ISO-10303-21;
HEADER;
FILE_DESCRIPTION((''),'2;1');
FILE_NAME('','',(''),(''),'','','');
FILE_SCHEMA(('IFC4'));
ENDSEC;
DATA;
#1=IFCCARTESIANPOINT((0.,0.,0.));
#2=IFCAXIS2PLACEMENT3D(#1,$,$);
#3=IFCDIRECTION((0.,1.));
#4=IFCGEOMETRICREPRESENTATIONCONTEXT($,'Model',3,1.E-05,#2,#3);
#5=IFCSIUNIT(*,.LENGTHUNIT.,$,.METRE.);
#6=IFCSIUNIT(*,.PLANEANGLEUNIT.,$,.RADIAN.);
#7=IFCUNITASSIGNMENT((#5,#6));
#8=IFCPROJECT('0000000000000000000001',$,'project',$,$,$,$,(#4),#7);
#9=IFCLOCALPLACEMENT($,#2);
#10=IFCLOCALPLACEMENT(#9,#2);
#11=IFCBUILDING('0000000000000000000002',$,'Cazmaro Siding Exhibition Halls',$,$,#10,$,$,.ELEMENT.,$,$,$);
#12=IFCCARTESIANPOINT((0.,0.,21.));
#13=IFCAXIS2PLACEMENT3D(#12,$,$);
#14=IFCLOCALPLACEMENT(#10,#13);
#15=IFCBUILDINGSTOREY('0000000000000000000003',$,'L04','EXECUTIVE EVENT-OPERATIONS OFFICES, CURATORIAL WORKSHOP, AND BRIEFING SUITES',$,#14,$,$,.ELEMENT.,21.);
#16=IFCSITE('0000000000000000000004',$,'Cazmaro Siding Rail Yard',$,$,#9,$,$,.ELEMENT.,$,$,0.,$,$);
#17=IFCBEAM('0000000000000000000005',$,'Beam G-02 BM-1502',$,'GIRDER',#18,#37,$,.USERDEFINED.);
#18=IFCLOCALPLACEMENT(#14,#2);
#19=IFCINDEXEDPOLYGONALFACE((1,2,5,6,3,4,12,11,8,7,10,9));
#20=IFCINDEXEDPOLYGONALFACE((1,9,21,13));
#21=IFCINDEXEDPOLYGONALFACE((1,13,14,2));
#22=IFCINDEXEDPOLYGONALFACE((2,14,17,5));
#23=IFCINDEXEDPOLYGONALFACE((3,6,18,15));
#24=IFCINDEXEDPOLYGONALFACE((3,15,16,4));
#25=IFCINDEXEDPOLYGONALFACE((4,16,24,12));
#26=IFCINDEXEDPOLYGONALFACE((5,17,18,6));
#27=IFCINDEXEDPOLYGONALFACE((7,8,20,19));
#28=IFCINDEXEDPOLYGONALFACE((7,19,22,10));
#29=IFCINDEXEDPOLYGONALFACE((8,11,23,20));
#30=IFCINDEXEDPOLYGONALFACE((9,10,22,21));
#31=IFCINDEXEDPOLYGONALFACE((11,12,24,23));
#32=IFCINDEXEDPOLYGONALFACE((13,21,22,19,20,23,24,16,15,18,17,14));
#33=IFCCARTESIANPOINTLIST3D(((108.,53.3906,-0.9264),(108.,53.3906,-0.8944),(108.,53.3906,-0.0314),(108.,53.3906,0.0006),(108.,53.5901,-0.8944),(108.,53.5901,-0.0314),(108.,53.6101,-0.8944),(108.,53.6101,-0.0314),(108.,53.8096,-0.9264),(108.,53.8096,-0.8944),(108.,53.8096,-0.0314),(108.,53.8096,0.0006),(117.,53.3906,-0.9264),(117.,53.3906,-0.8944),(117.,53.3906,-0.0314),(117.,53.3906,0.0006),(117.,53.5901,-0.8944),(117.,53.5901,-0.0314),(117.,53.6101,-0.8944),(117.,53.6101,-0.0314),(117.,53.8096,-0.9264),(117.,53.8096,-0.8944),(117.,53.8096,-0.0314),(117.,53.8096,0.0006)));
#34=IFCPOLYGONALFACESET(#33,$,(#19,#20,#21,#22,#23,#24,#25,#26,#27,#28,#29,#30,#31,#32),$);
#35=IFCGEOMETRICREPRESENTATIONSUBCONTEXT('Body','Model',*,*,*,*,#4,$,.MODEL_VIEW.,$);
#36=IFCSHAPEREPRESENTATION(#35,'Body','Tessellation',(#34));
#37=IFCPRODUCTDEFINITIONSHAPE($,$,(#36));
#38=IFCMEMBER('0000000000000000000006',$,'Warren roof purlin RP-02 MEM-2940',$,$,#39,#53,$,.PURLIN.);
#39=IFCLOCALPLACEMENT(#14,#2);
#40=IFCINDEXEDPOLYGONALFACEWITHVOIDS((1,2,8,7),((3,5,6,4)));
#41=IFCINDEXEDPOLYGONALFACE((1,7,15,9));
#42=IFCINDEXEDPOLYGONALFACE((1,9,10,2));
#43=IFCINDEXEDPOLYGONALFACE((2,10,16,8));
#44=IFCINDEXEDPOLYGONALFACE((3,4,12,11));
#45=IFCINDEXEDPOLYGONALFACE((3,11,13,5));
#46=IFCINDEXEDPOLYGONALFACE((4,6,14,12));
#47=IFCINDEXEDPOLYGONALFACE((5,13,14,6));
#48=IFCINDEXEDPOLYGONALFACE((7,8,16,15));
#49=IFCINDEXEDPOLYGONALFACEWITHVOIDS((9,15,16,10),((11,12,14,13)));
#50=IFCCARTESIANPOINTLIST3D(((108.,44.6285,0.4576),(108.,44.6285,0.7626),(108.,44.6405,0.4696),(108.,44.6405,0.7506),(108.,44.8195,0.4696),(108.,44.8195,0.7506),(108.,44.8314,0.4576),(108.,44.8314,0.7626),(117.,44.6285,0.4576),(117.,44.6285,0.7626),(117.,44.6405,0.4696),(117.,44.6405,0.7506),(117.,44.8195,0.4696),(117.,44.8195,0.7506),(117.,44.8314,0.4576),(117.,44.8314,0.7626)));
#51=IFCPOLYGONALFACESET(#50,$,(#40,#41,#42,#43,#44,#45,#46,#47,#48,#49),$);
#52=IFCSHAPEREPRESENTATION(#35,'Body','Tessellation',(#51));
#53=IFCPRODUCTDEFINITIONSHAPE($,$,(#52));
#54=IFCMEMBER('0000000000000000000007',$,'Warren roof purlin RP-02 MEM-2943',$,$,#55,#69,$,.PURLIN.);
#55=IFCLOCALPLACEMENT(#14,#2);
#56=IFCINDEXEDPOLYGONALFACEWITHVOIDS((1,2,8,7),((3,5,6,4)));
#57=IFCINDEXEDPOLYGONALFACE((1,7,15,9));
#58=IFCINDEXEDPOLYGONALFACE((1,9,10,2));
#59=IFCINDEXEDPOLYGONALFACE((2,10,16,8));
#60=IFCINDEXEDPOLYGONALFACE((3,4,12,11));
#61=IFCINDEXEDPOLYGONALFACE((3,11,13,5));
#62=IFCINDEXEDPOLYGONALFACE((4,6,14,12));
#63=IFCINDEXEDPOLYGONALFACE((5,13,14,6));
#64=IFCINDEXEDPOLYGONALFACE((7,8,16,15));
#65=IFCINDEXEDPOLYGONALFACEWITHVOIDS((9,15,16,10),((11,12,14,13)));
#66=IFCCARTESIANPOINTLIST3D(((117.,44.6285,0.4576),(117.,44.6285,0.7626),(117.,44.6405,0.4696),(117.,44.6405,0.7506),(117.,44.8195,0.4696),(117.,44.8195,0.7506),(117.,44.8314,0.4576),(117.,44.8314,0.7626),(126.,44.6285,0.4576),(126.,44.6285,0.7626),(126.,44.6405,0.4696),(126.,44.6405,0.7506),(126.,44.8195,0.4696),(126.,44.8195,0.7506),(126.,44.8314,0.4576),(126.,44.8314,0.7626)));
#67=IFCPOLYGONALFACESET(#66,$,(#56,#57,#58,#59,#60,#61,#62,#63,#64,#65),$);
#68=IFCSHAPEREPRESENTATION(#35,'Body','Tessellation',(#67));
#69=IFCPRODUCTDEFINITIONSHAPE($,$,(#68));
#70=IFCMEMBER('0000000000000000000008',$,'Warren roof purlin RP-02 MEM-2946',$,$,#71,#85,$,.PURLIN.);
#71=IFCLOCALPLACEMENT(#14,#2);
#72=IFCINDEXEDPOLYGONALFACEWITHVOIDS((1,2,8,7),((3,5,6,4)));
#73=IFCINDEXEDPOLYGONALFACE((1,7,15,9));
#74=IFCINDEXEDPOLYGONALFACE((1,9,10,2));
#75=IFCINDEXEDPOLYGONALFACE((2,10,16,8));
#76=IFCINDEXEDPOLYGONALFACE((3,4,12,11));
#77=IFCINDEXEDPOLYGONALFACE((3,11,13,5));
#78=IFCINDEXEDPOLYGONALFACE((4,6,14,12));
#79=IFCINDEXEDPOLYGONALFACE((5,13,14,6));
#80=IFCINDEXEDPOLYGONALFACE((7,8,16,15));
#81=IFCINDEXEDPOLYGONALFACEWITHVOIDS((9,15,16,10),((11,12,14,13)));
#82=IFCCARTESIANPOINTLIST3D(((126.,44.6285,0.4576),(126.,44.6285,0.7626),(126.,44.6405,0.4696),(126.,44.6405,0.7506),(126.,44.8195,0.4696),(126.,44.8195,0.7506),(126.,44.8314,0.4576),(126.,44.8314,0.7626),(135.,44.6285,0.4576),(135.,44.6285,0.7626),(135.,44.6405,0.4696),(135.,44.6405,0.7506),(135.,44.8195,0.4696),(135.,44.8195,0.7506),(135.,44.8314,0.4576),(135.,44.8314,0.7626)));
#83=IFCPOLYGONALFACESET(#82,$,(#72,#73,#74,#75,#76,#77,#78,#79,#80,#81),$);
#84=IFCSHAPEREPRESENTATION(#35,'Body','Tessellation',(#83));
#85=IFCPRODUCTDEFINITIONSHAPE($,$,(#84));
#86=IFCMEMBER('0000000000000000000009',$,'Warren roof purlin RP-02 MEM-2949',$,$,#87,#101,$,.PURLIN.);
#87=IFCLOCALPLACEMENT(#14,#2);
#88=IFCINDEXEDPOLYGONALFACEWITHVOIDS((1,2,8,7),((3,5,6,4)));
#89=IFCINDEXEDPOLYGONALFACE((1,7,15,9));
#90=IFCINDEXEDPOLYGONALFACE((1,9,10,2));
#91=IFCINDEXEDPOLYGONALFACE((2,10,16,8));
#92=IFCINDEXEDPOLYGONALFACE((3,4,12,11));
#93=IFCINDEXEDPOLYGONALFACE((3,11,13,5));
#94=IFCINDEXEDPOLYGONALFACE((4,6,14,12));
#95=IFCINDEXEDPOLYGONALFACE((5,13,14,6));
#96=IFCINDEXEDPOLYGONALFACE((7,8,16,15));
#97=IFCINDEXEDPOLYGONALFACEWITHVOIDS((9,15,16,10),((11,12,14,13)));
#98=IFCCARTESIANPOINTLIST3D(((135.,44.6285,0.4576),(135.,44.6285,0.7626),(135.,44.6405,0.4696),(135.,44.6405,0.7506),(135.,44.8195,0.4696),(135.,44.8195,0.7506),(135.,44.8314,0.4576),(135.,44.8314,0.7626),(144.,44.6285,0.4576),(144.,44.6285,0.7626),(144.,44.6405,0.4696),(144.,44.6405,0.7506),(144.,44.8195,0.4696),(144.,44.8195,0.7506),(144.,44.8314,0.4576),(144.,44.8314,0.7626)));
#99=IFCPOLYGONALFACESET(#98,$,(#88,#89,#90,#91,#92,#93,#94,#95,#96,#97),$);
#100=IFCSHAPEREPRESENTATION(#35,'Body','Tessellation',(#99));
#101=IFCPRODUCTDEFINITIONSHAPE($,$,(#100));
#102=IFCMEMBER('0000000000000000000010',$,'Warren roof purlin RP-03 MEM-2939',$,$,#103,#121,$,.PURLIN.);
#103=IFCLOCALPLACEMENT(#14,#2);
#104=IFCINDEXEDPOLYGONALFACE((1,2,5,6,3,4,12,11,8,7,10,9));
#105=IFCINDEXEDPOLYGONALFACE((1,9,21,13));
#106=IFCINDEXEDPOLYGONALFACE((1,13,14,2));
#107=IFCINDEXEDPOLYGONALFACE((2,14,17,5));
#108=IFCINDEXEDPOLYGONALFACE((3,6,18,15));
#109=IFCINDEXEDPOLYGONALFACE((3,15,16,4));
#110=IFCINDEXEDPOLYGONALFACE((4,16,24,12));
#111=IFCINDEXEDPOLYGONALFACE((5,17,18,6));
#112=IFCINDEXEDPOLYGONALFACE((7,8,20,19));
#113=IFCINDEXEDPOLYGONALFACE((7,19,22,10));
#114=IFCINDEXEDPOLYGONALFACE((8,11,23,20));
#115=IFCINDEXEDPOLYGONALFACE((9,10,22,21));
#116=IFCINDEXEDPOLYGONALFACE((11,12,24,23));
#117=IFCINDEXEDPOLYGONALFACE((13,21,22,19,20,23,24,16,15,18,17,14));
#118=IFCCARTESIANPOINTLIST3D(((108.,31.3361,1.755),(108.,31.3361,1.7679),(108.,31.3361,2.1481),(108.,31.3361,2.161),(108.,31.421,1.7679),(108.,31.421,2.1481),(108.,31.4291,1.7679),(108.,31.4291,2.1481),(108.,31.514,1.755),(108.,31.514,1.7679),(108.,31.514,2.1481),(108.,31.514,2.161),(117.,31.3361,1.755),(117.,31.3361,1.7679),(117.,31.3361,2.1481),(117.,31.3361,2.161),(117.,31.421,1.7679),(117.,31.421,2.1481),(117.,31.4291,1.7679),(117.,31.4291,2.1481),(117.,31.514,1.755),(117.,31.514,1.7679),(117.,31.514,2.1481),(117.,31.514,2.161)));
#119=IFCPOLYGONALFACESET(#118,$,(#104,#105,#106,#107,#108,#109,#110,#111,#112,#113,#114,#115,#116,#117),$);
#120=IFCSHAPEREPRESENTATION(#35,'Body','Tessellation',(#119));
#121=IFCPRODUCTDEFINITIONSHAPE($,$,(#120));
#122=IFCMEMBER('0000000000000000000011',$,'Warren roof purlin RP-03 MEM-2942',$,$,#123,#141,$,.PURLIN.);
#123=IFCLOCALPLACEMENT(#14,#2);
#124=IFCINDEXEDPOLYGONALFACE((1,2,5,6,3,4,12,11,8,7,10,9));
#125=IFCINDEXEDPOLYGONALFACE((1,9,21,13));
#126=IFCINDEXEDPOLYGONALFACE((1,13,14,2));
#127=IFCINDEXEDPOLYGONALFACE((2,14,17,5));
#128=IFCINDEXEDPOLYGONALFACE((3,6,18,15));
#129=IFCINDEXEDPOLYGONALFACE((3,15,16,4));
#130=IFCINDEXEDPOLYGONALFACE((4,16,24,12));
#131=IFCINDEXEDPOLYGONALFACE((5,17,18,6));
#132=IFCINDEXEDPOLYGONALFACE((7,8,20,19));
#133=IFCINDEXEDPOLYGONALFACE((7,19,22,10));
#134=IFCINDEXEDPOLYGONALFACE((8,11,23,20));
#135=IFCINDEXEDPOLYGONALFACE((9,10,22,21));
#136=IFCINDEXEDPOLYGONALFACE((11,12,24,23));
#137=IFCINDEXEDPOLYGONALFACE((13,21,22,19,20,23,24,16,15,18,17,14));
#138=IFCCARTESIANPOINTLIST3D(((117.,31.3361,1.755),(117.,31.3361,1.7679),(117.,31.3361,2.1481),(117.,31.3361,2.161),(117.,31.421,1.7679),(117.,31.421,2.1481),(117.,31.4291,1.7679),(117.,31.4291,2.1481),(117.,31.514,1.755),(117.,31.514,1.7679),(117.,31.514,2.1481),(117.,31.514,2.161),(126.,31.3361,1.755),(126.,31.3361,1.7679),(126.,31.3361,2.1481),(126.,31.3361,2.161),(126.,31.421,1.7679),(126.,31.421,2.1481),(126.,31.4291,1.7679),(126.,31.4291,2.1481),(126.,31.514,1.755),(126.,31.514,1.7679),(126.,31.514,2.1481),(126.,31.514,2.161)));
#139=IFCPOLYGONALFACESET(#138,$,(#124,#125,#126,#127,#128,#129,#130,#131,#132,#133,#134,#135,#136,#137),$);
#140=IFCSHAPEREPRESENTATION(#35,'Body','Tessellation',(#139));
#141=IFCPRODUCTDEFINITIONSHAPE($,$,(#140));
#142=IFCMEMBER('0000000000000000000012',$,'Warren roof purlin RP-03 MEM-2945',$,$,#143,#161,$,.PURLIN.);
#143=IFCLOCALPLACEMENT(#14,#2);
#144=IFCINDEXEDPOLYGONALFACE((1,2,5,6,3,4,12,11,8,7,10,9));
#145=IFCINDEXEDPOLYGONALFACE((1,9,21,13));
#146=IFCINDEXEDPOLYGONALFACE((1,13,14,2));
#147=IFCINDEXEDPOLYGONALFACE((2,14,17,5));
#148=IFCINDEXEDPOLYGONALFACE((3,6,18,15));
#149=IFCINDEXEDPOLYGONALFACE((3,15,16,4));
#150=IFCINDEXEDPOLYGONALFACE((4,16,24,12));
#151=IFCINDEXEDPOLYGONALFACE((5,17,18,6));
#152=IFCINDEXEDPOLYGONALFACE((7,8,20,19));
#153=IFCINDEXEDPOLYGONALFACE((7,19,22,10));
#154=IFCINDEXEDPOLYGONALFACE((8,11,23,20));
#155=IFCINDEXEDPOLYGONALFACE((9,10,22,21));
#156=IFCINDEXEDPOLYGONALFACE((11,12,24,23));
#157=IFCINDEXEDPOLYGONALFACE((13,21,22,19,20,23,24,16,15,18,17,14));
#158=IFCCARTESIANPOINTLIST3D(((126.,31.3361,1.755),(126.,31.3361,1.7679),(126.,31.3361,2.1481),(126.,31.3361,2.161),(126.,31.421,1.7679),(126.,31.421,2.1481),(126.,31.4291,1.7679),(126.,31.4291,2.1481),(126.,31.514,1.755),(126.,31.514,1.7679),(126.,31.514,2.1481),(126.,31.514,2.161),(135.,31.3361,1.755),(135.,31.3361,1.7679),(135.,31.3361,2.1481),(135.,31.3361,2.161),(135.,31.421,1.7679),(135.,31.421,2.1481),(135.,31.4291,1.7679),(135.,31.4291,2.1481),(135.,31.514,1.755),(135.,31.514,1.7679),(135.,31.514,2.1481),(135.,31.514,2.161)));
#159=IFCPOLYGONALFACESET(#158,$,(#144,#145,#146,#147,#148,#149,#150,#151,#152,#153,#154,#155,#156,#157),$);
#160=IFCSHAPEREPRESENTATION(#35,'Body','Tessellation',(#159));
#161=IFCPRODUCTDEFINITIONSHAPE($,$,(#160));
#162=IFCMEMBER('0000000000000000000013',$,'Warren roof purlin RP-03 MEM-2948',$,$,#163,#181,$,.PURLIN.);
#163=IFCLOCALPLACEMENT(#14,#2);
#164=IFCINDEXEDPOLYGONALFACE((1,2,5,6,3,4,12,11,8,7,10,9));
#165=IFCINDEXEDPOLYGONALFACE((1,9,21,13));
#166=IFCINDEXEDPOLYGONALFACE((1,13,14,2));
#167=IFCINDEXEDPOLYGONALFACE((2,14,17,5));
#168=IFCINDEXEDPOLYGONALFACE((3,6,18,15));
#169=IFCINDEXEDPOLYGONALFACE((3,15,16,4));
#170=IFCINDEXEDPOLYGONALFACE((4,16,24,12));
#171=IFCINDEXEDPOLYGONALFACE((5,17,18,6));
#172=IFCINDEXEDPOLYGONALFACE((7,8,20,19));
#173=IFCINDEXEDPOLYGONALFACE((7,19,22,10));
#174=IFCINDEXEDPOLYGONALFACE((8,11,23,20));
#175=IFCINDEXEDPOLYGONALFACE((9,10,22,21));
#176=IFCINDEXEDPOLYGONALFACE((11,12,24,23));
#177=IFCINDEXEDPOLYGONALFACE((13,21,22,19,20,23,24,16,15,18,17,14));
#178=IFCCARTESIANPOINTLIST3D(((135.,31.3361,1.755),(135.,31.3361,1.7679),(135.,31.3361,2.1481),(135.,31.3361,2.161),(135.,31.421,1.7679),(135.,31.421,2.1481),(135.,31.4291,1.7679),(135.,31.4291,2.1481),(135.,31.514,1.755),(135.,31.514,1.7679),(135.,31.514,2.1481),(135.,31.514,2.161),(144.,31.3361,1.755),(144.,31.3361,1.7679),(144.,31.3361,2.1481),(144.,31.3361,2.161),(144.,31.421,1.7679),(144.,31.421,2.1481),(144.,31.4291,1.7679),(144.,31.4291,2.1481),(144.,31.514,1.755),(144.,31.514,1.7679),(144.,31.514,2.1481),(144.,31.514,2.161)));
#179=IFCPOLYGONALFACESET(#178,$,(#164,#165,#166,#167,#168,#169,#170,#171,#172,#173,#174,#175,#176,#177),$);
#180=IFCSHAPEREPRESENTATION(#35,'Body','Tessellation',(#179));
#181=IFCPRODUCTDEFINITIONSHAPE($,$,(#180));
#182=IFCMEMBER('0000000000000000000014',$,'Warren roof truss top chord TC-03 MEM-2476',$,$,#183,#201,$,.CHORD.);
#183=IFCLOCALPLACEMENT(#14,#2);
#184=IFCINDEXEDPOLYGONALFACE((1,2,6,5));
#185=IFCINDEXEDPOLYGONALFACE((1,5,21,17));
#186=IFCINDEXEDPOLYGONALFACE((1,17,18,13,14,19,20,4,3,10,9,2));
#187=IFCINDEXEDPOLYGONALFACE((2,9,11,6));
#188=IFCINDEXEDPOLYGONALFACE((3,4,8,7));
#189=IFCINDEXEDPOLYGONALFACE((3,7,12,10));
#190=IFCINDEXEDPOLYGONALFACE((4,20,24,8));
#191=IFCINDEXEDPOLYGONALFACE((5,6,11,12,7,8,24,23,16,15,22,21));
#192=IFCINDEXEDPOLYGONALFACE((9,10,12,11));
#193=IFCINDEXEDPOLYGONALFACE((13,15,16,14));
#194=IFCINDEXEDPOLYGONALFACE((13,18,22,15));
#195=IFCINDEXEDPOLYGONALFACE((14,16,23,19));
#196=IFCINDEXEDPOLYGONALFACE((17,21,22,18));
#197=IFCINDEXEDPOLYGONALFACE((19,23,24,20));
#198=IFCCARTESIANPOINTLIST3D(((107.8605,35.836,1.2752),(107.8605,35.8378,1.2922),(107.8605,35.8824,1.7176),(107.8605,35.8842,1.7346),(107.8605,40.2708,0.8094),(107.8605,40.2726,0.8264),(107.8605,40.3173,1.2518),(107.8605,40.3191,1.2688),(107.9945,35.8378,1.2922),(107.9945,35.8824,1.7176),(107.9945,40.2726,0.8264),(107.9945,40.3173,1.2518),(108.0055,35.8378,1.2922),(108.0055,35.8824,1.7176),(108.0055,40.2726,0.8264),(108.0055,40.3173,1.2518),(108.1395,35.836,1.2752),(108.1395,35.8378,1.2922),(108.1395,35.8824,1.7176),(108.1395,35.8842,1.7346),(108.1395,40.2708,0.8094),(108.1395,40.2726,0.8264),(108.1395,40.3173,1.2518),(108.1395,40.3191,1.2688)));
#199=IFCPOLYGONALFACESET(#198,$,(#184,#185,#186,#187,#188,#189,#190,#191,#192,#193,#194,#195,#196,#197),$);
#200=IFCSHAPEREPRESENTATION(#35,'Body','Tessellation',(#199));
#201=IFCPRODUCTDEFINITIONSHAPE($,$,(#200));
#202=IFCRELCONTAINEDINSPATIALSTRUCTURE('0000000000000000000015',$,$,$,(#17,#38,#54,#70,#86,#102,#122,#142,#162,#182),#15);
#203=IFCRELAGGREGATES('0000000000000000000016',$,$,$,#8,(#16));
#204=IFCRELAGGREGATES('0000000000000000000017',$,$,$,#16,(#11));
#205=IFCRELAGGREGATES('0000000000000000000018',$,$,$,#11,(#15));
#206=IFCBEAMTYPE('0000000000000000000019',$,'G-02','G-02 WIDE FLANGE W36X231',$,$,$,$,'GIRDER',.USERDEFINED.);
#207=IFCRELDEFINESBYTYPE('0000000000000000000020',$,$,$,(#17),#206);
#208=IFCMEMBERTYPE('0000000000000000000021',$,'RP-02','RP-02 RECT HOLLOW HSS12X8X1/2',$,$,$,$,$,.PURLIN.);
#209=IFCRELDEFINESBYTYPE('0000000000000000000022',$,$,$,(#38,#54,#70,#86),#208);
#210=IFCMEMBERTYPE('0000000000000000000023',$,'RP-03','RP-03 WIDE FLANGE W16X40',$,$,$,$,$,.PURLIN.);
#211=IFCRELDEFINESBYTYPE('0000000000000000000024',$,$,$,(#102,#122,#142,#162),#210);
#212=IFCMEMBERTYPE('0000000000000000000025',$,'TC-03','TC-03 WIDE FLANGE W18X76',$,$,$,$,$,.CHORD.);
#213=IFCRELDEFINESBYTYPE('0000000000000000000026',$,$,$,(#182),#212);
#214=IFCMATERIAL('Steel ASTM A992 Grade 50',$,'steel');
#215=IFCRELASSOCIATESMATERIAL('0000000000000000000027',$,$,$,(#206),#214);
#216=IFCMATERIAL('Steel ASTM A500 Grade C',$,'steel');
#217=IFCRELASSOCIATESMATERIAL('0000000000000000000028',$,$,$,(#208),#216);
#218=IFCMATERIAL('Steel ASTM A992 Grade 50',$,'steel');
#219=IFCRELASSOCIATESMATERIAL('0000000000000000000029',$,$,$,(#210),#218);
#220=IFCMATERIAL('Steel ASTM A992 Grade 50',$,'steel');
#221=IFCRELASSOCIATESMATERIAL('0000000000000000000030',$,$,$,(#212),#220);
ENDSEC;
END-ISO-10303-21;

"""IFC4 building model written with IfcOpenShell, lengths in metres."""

from ifc_helpers import new_model, si_unit, direction, frame, origin, origin_2d, place, context, subcontext, project, spatial, hollow_rectangle, i_section, extrude, material, material_profile, profile_set, type_object, element, save


model = new_model("IFC4")

# Units and contexts
model_context = context("Model", 3, precision=1e-05, world=origin(), true_north=direction((0.0, 1.0)))
body_context = subcontext(model_context, "Body", "Model", "MODEL_VIEW")
ifc_project = project(units=[si_unit("LENGTHUNIT", "METRE"), si_unit("PLANEANGLEUNIT", "RADIAN")], contexts=[model_context])

# Site, building, storey
site_placement = place(None, origin())
site = spatial("IfcSite", under=ifc_project, at=site_placement, Name="Cazmaro Siding Rail Yard", CompositionType="ELEMENT", RefElevation=0.0)
building_placement = place(site_placement, origin())
building = spatial("IfcBuilding", under=site, at=building_placement, Name="Cazmaro Siding Exhibition Halls", CompositionType="ELEMENT")
storey_placement = place(building_placement, frame((0.0, 0.0, 21.0)))
storey = spatial("IfcBuildingStorey", under=building, at=storey_placement, Name="L04", Description="EXECUTIVE EVENT-OPERATIONS OFFICES, CURATORIAL WORKSHOP, AND BRIEFING SUITES", CompositionType="ELEMENT", Elevation=21.0)

# Beam
ifc_material_1 = material(Name="Steel ASTM A992 Grade 50", Category="steel")
ifc_material_profile_1 = material_profile(ifc_material_1, i_section(OverallWidth=0.4189, OverallDepth=0.927, WebThickness=0.02, FlangeThickness=0.032, at=origin_2d()), Name="W36X231")
ifc_profile_set_1 = profile_set([ifc_material_profile_1], Name="Steel ASTM A992 Grade 50")
beam_type = type_object("IfcBeamType", Name="G-02", Description="G-02 WIDE FLANGE W36X231", ElementType="GIRDER", PredefinedType="USERDEFINED", material=ifc_profile_set_1)
beam_placement = place(storey_placement, frame((108.0, 53.6001, -0.4629), z_axis=(1.0, 0.0, 0.0), x_axis=(0.0, 1.0, 0.0)))
element("IfcBeam", 1, at=beam_placement, inside=storey, type_object=beam_type, Name="Beam G-02 BM-1502", ObjectType="GIRDER", PredefinedType="USERDEFINED", context=body_context, shape_type="SweptSolid", body=[
    extrude(i_section(OverallWidth=0.4189, OverallDepth=0.927, WebThickness=0.02, FlangeThickness=0.032, at=origin_2d()), origin(), (0.0, 0.0, 1.0), 9.0),
])

# Members
ifc_material_2 = material(Name="Steel ASTM A500 Grade C", Category="steel")
ifc_material_profile_2 = material_profile(ifc_material_2, hollow_rectangle(XDim=0.2029, YDim=0.3049, WallThickness=0.012, at=origin_2d()), Name="HSS12X8X1/2")
ifc_profile_set_2 = profile_set([ifc_material_profile_2], Name="Steel ASTM A500 Grade C")
member_type_1 = type_object("IfcMemberType", Name="RP-02", Description="RP-02 RECT HOLLOW HSS12X8X1/2", PredefinedType="PURLIN", material=ifc_profile_set_2)
for number, where, z_axis, x_axis, name in (
    (2, (108.0, 44.73, 0.6101), (1.0, 0.0, 0.0), (0.0, 1.0, 0.0), "Warren roof purlin RP-02 MEM-2940"),
    (3, (117.0, 44.73, 0.6101), (1.0, 0.0, 0.0), (0.0, 1.0, 0.0), "Warren roof purlin RP-02 MEM-2943"),
    (4, (126.0, 44.73, 0.6101), (1.0, 0.0, 0.0), (0.0, 1.0, 0.0), "Warren roof purlin RP-02 MEM-2946"),
    (5, (135.0, 44.73, 0.6101), (1.0, 0.0, 0.0), (0.0, 1.0, 0.0), "Warren roof purlin RP-02 MEM-2949"),
):
    element("IfcMember", number, at=place(storey_placement, frame(where, z_axis=z_axis, x_axis=x_axis)), inside=storey, type_object=member_type_1, Name=name, PredefinedType="PURLIN", context=body_context, shape_type="SweptSolid", body=[
        extrude(hollow_rectangle(XDim=0.2029, YDim=0.3049, WallThickness=0.012, at=origin_2d()), origin(), (0.0, 0.0, 1.0), 9.0),
    ])
ifc_material_3 = material(Name="Steel ASTM A992 Grade 50", Category="steel")
ifc_material_profile_3 = material_profile(ifc_material_3, i_section(OverallWidth=0.178, OverallDepth=0.406, WebThickness=0.0081, FlangeThickness=0.0129, at=origin_2d()), Name="W16X40")
ifc_profile_set_3 = profile_set([ifc_material_profile_3], Name="Steel ASTM A992 Grade 50")
member_type_2 = type_object("IfcMemberType", Name="RP-03", Description="RP-03 WIDE FLANGE W16X40", PredefinedType="PURLIN", material=ifc_profile_set_3)
for number, where, z_axis, x_axis, name in (
    (6, (108.0, 31.425, 1.958), (1.0, 0.0, 0.0), (0.0, 1.0, 0.0), "Warren roof purlin RP-03 MEM-2939"),
    (7, (117.0, 31.425, 1.958), (1.0, 0.0, 0.0), (0.0, 1.0, 0.0), "Warren roof purlin RP-03 MEM-2942"),
    (8, (126.0, 31.425, 1.958), (1.0, 0.0, 0.0), (0.0, 1.0, 0.0), "Warren roof purlin RP-03 MEM-2945"),
    (9, (135.0, 31.425, 1.958), (1.0, 0.0, 0.0), (0.0, 1.0, 0.0), "Warren roof purlin RP-03 MEM-2948"),
):
    element("IfcMember", number, at=place(storey_placement, frame(where, z_axis=z_axis, x_axis=x_axis)), inside=storey, type_object=member_type_2, Name=name, PredefinedType="PURLIN", context=body_context, shape_type="SweptSolid", body=[
        extrude(i_section(OverallWidth=0.178, OverallDepth=0.406, WebThickness=0.0081, FlangeThickness=0.0129, at=origin_2d()), origin(), (0.0, 0.0, 1.0), 9.0),
    ])
ifc_material_4 = material(Name="Steel ASTM A992 Grade 50", Category="steel")
ifc_material_profile_4 = material_profile(ifc_material_4, i_section(OverallWidth=0.2791, OverallDepth=0.4619, WebThickness=0.011, FlangeThickness=0.0171, at=origin_2d()), Name="W18X76")
ifc_profile_set_4 = profile_set([ifc_material_profile_4], Name="Steel ASTM A992 Grade 50")
member_type_3 = type_object("IfcMemberType", Name="TC-03", Description="TC-03 WIDE FLANGE W18X76", PredefinedType="CHORD", material=ifc_profile_set_4)
member_1_placement = place(storey_placement, frame((108.0, 35.8601, 1.5049), z_axis=(0.0, 0.994529, -0.104462), x_axis=(-1.0, 0.0, 0.0)))
element("IfcMember", 10, at=member_1_placement, inside=storey, type_object=member_type_3, Name="Warren roof truss top chord TC-03 MEM-2476", PredefinedType="CHORD", context=body_context, shape_type="SweptSolid", body=[
    extrude(i_section(OverallWidth=0.2791, OverallDepth=0.4619, WebThickness=0.011, FlangeThickness=0.0171, at=origin_2d()), origin(), (0.0, 0.0, 1.0), 4.4592),
])

save(model, "model.ifc")
